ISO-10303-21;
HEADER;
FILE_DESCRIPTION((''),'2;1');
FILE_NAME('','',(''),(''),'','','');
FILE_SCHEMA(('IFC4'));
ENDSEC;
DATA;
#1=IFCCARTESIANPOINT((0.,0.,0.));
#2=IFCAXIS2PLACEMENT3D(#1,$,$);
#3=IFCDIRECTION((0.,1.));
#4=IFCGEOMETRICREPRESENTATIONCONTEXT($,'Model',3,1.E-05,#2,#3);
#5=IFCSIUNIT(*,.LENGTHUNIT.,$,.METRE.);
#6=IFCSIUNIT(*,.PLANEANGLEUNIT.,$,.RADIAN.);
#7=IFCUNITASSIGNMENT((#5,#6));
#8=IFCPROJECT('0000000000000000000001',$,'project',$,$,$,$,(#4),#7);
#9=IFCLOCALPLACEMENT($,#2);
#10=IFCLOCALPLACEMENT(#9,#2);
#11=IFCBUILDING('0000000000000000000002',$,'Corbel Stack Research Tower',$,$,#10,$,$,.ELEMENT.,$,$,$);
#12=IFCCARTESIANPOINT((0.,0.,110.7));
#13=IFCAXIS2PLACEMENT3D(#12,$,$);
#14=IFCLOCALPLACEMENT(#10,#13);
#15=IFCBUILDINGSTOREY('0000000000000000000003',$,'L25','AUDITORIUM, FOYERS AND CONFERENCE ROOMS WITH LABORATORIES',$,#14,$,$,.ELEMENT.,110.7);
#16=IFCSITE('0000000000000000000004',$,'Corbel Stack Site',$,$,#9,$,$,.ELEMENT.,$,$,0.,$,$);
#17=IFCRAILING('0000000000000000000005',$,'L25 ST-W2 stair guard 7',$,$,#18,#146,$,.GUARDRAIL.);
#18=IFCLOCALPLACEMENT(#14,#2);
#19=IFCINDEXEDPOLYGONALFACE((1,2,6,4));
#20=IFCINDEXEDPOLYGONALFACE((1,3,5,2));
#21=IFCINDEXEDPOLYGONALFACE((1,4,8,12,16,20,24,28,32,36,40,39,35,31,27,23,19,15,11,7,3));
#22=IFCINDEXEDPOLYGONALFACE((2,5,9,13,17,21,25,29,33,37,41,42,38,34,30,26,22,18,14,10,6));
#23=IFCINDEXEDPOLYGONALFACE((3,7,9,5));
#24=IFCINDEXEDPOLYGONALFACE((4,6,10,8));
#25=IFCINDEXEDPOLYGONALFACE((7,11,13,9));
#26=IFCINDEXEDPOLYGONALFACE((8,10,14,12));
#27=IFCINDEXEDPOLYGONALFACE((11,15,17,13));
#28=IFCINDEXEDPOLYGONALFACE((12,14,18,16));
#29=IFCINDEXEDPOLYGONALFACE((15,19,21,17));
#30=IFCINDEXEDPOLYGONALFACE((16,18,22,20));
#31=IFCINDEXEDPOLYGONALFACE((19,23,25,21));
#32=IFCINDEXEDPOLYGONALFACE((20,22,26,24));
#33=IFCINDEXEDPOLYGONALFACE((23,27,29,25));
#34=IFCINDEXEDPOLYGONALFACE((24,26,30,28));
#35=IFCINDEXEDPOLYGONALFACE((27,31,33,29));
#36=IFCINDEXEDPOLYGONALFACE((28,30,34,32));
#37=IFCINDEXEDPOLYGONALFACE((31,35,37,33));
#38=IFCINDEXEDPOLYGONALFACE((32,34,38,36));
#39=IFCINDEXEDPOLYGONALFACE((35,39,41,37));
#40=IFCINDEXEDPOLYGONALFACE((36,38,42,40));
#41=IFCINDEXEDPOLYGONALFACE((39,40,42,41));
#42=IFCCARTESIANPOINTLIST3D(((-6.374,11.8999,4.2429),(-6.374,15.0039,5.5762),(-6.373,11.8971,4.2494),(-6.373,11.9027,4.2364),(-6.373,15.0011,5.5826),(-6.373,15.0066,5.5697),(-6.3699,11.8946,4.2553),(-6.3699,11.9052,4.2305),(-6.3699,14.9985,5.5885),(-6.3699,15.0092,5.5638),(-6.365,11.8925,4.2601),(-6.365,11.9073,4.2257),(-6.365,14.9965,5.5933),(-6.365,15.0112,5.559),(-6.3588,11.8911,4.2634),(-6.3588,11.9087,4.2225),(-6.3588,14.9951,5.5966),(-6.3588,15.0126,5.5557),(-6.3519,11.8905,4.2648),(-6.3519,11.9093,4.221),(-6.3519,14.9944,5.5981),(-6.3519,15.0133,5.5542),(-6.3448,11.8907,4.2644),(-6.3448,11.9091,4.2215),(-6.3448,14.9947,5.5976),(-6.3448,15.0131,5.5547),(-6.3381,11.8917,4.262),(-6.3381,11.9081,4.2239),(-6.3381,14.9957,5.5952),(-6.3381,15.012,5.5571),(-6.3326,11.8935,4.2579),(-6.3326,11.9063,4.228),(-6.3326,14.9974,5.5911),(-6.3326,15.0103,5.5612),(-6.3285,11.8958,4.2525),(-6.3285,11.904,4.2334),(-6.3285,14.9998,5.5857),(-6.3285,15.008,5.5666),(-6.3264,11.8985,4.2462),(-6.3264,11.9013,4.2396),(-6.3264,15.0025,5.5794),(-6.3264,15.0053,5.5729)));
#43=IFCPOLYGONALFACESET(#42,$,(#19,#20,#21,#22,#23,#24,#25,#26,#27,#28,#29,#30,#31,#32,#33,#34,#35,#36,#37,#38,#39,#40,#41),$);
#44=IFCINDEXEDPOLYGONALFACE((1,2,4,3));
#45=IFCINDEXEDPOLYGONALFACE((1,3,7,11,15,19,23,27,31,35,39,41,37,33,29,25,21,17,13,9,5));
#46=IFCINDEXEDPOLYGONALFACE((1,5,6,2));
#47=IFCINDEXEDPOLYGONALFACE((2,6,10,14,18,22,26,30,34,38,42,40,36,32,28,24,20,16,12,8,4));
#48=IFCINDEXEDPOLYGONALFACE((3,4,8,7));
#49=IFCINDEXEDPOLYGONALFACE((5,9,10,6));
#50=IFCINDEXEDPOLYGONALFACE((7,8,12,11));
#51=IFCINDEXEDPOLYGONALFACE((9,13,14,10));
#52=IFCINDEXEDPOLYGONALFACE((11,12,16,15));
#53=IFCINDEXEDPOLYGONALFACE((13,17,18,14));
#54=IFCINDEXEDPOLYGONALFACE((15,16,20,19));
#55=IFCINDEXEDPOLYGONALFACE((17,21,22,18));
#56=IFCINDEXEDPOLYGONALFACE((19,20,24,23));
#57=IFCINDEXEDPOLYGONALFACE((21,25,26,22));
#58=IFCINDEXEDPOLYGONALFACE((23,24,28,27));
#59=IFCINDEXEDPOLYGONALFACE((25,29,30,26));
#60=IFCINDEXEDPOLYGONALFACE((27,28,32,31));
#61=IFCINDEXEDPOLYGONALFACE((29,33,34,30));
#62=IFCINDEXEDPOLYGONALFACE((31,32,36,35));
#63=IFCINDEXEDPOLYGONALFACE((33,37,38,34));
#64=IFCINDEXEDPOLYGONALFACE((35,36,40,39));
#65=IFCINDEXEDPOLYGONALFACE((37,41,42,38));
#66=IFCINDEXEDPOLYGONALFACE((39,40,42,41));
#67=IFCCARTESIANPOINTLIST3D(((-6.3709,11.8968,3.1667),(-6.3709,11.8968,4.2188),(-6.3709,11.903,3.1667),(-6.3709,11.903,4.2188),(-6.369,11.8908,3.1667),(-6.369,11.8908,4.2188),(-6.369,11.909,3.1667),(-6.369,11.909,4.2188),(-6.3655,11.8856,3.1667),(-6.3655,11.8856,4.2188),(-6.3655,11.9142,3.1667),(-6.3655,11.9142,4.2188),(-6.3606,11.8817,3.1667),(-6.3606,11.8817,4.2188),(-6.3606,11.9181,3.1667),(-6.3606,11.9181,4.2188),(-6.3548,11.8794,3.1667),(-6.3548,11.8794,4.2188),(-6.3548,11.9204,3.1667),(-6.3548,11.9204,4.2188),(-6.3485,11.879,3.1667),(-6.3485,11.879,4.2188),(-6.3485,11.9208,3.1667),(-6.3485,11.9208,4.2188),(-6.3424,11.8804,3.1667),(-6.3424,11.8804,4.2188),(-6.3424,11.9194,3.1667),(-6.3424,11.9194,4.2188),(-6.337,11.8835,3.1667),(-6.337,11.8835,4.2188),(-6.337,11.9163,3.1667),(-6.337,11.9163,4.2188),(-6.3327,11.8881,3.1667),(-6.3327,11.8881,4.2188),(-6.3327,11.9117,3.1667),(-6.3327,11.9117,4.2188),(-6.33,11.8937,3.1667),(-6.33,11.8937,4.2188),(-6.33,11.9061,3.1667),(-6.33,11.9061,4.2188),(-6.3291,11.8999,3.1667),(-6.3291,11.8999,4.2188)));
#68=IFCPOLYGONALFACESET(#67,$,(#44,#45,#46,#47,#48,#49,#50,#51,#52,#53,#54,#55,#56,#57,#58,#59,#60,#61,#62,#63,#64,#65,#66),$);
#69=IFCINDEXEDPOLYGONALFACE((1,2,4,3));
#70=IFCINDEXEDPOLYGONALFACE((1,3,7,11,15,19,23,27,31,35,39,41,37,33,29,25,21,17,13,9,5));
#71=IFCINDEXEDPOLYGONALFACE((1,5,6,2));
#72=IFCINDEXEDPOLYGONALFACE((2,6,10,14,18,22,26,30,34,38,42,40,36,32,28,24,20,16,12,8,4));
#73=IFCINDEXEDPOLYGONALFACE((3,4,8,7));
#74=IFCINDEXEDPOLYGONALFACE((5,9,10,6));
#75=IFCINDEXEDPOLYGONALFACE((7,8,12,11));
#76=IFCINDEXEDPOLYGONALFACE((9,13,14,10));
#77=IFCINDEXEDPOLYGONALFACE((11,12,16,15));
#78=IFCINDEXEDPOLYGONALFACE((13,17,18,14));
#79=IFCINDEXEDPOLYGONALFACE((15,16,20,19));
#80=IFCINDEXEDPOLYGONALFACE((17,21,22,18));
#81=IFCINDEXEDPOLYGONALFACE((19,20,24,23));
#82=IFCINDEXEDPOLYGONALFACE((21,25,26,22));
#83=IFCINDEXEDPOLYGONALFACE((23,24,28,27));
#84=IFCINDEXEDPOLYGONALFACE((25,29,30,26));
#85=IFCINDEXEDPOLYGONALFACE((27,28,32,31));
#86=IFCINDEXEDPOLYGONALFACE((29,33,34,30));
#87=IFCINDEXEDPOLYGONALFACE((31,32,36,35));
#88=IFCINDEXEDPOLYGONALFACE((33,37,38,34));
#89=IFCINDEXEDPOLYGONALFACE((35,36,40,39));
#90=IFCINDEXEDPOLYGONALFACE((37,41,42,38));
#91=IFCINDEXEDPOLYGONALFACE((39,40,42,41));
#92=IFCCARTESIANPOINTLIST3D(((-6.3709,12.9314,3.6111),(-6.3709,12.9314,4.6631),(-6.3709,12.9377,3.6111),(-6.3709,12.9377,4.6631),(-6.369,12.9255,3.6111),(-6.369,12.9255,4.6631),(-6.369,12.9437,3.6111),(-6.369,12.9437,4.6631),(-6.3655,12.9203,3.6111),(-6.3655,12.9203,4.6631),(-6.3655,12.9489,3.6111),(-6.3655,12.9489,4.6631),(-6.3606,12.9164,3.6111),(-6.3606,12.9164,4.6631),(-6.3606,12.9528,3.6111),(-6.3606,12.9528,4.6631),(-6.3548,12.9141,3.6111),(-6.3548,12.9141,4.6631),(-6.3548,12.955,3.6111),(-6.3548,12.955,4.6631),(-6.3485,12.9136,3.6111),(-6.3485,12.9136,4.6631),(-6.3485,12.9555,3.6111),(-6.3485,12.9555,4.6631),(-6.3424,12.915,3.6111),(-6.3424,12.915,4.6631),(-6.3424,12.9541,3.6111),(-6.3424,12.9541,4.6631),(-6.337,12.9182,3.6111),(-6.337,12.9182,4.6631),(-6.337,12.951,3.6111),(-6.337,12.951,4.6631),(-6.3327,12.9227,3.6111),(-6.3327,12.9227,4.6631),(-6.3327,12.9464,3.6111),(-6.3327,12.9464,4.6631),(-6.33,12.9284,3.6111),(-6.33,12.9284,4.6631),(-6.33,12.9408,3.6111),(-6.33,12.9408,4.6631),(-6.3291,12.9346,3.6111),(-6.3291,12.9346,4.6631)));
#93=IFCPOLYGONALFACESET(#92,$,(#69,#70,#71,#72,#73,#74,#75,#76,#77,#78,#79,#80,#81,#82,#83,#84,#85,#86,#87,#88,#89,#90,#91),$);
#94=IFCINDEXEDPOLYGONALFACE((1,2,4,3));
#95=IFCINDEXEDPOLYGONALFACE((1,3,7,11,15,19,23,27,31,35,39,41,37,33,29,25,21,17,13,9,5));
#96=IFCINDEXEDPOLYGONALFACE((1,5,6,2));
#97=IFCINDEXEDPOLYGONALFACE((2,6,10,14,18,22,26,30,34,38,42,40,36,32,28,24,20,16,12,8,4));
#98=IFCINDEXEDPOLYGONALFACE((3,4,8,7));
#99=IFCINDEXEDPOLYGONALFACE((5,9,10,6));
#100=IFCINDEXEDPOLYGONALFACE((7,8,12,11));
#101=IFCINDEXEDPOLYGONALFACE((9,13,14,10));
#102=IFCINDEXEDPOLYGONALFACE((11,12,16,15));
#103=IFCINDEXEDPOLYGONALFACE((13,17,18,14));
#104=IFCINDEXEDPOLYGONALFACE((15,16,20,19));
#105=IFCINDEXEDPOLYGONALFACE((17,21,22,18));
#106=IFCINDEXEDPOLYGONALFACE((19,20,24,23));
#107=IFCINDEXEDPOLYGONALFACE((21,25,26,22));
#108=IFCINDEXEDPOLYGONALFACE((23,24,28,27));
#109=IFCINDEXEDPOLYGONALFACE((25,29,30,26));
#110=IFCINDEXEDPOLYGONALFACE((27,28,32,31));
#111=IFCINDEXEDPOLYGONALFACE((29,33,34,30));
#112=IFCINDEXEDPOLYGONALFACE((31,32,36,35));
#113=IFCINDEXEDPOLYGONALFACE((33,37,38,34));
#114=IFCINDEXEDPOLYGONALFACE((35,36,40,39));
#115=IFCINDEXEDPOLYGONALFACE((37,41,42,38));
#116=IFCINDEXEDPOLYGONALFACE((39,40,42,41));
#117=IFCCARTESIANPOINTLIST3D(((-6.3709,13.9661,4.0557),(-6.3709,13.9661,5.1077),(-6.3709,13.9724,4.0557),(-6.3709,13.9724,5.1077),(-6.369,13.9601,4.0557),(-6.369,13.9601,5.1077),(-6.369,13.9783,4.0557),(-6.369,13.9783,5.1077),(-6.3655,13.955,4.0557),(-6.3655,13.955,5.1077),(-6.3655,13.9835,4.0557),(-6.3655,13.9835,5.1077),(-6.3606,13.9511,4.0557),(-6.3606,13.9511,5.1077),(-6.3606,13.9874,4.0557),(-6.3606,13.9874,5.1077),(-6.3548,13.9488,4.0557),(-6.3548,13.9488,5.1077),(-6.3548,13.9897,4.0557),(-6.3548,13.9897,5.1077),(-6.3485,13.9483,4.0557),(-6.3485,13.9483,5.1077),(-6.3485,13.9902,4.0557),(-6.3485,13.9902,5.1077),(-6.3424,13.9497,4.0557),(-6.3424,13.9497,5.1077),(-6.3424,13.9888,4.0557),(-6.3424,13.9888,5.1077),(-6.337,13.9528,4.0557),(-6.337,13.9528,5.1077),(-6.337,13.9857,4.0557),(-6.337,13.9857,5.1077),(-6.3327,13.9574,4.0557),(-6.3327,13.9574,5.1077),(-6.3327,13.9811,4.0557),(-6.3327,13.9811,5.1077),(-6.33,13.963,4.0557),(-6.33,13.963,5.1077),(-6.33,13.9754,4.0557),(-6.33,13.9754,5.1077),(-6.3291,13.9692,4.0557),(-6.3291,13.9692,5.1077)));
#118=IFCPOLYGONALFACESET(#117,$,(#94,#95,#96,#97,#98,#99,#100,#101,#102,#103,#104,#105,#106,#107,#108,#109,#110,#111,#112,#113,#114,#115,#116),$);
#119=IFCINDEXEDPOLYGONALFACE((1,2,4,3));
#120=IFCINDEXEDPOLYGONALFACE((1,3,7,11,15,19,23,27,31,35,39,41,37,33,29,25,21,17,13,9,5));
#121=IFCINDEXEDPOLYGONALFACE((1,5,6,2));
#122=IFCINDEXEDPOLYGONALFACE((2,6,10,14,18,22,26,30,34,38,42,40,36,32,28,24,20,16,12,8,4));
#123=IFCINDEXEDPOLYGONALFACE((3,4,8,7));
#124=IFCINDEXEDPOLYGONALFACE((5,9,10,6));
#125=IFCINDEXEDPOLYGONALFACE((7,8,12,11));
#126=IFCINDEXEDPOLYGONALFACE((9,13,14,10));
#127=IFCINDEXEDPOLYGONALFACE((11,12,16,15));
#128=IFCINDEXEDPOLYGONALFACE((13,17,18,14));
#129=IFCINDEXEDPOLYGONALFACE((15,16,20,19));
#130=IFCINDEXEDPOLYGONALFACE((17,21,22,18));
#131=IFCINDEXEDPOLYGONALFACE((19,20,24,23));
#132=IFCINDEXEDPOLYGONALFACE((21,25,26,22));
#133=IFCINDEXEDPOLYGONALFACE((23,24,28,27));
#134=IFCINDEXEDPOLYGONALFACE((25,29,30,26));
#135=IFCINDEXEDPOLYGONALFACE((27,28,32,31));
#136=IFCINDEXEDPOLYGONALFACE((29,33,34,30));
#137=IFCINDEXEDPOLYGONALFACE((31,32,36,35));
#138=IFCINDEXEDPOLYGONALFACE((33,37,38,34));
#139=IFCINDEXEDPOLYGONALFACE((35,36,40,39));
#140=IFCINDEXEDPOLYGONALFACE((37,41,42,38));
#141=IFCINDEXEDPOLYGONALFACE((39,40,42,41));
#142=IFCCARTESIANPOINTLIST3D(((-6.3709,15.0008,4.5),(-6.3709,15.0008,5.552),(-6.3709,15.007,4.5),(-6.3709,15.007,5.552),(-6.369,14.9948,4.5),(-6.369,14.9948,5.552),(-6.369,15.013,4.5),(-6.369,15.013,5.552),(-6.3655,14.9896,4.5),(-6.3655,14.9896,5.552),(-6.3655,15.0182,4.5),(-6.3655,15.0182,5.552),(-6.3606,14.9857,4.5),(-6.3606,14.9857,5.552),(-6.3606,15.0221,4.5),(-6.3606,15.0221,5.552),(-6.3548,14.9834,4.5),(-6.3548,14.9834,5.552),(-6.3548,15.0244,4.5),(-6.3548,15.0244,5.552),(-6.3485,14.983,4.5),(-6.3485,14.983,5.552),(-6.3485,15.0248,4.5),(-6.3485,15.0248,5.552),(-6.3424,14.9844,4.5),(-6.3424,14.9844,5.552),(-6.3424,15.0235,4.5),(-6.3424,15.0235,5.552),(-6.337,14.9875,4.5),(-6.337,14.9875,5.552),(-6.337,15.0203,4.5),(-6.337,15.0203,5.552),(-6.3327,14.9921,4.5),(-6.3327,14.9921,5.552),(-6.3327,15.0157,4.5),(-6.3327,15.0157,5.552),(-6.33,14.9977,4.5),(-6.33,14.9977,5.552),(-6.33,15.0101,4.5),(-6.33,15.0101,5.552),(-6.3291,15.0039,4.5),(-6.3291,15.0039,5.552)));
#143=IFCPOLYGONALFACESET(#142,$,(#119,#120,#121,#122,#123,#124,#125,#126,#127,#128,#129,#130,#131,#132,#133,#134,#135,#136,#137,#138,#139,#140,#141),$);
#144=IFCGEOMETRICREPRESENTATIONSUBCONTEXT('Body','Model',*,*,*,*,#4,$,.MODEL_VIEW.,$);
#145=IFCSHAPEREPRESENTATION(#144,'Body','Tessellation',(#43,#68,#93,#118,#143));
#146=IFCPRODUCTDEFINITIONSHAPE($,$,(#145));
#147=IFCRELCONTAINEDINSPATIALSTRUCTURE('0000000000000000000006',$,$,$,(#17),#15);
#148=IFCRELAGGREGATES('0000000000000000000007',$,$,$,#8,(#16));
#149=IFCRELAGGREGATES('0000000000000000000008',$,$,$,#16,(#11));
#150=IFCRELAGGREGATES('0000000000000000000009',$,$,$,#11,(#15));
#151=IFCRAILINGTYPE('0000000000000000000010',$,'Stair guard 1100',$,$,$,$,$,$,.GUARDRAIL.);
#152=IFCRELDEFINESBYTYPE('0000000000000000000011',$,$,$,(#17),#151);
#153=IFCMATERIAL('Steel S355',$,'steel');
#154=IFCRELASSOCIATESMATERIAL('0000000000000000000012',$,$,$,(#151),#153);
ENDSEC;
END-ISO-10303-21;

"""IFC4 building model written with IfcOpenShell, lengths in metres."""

from ifc_helpers import new_model, si_unit, direction, frame, origin, origin_2d, place, context, subcontext, project, spatial, circle, extrude, material, type_object, element, save


model = new_model("IFC4")

# Units and contexts
model_context = context("Model", 3, precision=1e-05, world=origin(), true_north=direction((0.0, 1.0)))
body_context = subcontext(model_context, "Body", "Model", "MODEL_VIEW")
ifc_project = project(units=[si_unit("LENGTHUNIT", "METRE"), si_unit("PLANEANGLEUNIT", "RADIAN")], contexts=[model_context])

# Site, building, storey
site_placement = place(None, origin())
site = spatial("IfcSite", under=ifc_project, at=site_placement, Name="Corbel Stack Site", CompositionType="ELEMENT", RefElevation=0.0)
building_placement = place(site_placement, origin())
building = spatial("IfcBuilding", under=site, at=building_placement, Name="Corbel Stack Research Tower", CompositionType="ELEMENT")
storey_placement = place(building_placement, frame((0.0, 0.0, 110.7)))
storey = spatial("IfcBuildingStorey", under=building, at=storey_placement, Name="L25", Description="AUDITORIUM, FOYERS AND CONFERENCE ROOMS WITH LABORATORIES", CompositionType="ELEMENT", Elevation=110.7)

# Railing
ifc_material_1 = material(Name="Steel S355", Category="steel")
railing_type_1 = type_object("IfcRailingType", Name="Stair guard 1100", PredefinedType="GUARDRAIL", material=ifc_material_1)
railing_1_placement = place(storey_placement, frame((-6.3501, 11.8999, 3.1667)))
element("IfcRailing", 1, at=railing_1_placement, inside=storey, type_object=railing_type_1, Name="L25 ST-W2 stair guard 7", PredefinedType="GUARDRAIL", context=body_context, shape_type="SweptSolid", body=[
    extrude(circle(Radius=0.0239, at=origin_2d()), frame((0.0, 0.0, 1.0762), z_axis=(0.0, 0.918827, 0.394661), x_axis=(-1.0, 0.0, 0.0)), (0.0, 0.0, 1.0), 3.3782),
    extrude(circle(Radius=0.021, at=origin_2d()), origin(), (0.0, 0.0, 1.0), 1.052),
    extrude(circle(Radius=0.021, at=origin_2d()), frame((0.0, 1.0347, 0.4443)), (0.0, 0.0, 1.0), 1.052),
    extrude(circle(Radius=0.021, at=origin_2d()), frame((0.0, 2.0693, 0.8889)), (0.0, 0.0, 1.0), 1.052),
    extrude(circle(Radius=0.021, at=origin_2d()), frame((0.0, 3.104, 1.3333)), (0.0, 0.0, 1.0), 1.052),
])

save(model, "model.ifc")
